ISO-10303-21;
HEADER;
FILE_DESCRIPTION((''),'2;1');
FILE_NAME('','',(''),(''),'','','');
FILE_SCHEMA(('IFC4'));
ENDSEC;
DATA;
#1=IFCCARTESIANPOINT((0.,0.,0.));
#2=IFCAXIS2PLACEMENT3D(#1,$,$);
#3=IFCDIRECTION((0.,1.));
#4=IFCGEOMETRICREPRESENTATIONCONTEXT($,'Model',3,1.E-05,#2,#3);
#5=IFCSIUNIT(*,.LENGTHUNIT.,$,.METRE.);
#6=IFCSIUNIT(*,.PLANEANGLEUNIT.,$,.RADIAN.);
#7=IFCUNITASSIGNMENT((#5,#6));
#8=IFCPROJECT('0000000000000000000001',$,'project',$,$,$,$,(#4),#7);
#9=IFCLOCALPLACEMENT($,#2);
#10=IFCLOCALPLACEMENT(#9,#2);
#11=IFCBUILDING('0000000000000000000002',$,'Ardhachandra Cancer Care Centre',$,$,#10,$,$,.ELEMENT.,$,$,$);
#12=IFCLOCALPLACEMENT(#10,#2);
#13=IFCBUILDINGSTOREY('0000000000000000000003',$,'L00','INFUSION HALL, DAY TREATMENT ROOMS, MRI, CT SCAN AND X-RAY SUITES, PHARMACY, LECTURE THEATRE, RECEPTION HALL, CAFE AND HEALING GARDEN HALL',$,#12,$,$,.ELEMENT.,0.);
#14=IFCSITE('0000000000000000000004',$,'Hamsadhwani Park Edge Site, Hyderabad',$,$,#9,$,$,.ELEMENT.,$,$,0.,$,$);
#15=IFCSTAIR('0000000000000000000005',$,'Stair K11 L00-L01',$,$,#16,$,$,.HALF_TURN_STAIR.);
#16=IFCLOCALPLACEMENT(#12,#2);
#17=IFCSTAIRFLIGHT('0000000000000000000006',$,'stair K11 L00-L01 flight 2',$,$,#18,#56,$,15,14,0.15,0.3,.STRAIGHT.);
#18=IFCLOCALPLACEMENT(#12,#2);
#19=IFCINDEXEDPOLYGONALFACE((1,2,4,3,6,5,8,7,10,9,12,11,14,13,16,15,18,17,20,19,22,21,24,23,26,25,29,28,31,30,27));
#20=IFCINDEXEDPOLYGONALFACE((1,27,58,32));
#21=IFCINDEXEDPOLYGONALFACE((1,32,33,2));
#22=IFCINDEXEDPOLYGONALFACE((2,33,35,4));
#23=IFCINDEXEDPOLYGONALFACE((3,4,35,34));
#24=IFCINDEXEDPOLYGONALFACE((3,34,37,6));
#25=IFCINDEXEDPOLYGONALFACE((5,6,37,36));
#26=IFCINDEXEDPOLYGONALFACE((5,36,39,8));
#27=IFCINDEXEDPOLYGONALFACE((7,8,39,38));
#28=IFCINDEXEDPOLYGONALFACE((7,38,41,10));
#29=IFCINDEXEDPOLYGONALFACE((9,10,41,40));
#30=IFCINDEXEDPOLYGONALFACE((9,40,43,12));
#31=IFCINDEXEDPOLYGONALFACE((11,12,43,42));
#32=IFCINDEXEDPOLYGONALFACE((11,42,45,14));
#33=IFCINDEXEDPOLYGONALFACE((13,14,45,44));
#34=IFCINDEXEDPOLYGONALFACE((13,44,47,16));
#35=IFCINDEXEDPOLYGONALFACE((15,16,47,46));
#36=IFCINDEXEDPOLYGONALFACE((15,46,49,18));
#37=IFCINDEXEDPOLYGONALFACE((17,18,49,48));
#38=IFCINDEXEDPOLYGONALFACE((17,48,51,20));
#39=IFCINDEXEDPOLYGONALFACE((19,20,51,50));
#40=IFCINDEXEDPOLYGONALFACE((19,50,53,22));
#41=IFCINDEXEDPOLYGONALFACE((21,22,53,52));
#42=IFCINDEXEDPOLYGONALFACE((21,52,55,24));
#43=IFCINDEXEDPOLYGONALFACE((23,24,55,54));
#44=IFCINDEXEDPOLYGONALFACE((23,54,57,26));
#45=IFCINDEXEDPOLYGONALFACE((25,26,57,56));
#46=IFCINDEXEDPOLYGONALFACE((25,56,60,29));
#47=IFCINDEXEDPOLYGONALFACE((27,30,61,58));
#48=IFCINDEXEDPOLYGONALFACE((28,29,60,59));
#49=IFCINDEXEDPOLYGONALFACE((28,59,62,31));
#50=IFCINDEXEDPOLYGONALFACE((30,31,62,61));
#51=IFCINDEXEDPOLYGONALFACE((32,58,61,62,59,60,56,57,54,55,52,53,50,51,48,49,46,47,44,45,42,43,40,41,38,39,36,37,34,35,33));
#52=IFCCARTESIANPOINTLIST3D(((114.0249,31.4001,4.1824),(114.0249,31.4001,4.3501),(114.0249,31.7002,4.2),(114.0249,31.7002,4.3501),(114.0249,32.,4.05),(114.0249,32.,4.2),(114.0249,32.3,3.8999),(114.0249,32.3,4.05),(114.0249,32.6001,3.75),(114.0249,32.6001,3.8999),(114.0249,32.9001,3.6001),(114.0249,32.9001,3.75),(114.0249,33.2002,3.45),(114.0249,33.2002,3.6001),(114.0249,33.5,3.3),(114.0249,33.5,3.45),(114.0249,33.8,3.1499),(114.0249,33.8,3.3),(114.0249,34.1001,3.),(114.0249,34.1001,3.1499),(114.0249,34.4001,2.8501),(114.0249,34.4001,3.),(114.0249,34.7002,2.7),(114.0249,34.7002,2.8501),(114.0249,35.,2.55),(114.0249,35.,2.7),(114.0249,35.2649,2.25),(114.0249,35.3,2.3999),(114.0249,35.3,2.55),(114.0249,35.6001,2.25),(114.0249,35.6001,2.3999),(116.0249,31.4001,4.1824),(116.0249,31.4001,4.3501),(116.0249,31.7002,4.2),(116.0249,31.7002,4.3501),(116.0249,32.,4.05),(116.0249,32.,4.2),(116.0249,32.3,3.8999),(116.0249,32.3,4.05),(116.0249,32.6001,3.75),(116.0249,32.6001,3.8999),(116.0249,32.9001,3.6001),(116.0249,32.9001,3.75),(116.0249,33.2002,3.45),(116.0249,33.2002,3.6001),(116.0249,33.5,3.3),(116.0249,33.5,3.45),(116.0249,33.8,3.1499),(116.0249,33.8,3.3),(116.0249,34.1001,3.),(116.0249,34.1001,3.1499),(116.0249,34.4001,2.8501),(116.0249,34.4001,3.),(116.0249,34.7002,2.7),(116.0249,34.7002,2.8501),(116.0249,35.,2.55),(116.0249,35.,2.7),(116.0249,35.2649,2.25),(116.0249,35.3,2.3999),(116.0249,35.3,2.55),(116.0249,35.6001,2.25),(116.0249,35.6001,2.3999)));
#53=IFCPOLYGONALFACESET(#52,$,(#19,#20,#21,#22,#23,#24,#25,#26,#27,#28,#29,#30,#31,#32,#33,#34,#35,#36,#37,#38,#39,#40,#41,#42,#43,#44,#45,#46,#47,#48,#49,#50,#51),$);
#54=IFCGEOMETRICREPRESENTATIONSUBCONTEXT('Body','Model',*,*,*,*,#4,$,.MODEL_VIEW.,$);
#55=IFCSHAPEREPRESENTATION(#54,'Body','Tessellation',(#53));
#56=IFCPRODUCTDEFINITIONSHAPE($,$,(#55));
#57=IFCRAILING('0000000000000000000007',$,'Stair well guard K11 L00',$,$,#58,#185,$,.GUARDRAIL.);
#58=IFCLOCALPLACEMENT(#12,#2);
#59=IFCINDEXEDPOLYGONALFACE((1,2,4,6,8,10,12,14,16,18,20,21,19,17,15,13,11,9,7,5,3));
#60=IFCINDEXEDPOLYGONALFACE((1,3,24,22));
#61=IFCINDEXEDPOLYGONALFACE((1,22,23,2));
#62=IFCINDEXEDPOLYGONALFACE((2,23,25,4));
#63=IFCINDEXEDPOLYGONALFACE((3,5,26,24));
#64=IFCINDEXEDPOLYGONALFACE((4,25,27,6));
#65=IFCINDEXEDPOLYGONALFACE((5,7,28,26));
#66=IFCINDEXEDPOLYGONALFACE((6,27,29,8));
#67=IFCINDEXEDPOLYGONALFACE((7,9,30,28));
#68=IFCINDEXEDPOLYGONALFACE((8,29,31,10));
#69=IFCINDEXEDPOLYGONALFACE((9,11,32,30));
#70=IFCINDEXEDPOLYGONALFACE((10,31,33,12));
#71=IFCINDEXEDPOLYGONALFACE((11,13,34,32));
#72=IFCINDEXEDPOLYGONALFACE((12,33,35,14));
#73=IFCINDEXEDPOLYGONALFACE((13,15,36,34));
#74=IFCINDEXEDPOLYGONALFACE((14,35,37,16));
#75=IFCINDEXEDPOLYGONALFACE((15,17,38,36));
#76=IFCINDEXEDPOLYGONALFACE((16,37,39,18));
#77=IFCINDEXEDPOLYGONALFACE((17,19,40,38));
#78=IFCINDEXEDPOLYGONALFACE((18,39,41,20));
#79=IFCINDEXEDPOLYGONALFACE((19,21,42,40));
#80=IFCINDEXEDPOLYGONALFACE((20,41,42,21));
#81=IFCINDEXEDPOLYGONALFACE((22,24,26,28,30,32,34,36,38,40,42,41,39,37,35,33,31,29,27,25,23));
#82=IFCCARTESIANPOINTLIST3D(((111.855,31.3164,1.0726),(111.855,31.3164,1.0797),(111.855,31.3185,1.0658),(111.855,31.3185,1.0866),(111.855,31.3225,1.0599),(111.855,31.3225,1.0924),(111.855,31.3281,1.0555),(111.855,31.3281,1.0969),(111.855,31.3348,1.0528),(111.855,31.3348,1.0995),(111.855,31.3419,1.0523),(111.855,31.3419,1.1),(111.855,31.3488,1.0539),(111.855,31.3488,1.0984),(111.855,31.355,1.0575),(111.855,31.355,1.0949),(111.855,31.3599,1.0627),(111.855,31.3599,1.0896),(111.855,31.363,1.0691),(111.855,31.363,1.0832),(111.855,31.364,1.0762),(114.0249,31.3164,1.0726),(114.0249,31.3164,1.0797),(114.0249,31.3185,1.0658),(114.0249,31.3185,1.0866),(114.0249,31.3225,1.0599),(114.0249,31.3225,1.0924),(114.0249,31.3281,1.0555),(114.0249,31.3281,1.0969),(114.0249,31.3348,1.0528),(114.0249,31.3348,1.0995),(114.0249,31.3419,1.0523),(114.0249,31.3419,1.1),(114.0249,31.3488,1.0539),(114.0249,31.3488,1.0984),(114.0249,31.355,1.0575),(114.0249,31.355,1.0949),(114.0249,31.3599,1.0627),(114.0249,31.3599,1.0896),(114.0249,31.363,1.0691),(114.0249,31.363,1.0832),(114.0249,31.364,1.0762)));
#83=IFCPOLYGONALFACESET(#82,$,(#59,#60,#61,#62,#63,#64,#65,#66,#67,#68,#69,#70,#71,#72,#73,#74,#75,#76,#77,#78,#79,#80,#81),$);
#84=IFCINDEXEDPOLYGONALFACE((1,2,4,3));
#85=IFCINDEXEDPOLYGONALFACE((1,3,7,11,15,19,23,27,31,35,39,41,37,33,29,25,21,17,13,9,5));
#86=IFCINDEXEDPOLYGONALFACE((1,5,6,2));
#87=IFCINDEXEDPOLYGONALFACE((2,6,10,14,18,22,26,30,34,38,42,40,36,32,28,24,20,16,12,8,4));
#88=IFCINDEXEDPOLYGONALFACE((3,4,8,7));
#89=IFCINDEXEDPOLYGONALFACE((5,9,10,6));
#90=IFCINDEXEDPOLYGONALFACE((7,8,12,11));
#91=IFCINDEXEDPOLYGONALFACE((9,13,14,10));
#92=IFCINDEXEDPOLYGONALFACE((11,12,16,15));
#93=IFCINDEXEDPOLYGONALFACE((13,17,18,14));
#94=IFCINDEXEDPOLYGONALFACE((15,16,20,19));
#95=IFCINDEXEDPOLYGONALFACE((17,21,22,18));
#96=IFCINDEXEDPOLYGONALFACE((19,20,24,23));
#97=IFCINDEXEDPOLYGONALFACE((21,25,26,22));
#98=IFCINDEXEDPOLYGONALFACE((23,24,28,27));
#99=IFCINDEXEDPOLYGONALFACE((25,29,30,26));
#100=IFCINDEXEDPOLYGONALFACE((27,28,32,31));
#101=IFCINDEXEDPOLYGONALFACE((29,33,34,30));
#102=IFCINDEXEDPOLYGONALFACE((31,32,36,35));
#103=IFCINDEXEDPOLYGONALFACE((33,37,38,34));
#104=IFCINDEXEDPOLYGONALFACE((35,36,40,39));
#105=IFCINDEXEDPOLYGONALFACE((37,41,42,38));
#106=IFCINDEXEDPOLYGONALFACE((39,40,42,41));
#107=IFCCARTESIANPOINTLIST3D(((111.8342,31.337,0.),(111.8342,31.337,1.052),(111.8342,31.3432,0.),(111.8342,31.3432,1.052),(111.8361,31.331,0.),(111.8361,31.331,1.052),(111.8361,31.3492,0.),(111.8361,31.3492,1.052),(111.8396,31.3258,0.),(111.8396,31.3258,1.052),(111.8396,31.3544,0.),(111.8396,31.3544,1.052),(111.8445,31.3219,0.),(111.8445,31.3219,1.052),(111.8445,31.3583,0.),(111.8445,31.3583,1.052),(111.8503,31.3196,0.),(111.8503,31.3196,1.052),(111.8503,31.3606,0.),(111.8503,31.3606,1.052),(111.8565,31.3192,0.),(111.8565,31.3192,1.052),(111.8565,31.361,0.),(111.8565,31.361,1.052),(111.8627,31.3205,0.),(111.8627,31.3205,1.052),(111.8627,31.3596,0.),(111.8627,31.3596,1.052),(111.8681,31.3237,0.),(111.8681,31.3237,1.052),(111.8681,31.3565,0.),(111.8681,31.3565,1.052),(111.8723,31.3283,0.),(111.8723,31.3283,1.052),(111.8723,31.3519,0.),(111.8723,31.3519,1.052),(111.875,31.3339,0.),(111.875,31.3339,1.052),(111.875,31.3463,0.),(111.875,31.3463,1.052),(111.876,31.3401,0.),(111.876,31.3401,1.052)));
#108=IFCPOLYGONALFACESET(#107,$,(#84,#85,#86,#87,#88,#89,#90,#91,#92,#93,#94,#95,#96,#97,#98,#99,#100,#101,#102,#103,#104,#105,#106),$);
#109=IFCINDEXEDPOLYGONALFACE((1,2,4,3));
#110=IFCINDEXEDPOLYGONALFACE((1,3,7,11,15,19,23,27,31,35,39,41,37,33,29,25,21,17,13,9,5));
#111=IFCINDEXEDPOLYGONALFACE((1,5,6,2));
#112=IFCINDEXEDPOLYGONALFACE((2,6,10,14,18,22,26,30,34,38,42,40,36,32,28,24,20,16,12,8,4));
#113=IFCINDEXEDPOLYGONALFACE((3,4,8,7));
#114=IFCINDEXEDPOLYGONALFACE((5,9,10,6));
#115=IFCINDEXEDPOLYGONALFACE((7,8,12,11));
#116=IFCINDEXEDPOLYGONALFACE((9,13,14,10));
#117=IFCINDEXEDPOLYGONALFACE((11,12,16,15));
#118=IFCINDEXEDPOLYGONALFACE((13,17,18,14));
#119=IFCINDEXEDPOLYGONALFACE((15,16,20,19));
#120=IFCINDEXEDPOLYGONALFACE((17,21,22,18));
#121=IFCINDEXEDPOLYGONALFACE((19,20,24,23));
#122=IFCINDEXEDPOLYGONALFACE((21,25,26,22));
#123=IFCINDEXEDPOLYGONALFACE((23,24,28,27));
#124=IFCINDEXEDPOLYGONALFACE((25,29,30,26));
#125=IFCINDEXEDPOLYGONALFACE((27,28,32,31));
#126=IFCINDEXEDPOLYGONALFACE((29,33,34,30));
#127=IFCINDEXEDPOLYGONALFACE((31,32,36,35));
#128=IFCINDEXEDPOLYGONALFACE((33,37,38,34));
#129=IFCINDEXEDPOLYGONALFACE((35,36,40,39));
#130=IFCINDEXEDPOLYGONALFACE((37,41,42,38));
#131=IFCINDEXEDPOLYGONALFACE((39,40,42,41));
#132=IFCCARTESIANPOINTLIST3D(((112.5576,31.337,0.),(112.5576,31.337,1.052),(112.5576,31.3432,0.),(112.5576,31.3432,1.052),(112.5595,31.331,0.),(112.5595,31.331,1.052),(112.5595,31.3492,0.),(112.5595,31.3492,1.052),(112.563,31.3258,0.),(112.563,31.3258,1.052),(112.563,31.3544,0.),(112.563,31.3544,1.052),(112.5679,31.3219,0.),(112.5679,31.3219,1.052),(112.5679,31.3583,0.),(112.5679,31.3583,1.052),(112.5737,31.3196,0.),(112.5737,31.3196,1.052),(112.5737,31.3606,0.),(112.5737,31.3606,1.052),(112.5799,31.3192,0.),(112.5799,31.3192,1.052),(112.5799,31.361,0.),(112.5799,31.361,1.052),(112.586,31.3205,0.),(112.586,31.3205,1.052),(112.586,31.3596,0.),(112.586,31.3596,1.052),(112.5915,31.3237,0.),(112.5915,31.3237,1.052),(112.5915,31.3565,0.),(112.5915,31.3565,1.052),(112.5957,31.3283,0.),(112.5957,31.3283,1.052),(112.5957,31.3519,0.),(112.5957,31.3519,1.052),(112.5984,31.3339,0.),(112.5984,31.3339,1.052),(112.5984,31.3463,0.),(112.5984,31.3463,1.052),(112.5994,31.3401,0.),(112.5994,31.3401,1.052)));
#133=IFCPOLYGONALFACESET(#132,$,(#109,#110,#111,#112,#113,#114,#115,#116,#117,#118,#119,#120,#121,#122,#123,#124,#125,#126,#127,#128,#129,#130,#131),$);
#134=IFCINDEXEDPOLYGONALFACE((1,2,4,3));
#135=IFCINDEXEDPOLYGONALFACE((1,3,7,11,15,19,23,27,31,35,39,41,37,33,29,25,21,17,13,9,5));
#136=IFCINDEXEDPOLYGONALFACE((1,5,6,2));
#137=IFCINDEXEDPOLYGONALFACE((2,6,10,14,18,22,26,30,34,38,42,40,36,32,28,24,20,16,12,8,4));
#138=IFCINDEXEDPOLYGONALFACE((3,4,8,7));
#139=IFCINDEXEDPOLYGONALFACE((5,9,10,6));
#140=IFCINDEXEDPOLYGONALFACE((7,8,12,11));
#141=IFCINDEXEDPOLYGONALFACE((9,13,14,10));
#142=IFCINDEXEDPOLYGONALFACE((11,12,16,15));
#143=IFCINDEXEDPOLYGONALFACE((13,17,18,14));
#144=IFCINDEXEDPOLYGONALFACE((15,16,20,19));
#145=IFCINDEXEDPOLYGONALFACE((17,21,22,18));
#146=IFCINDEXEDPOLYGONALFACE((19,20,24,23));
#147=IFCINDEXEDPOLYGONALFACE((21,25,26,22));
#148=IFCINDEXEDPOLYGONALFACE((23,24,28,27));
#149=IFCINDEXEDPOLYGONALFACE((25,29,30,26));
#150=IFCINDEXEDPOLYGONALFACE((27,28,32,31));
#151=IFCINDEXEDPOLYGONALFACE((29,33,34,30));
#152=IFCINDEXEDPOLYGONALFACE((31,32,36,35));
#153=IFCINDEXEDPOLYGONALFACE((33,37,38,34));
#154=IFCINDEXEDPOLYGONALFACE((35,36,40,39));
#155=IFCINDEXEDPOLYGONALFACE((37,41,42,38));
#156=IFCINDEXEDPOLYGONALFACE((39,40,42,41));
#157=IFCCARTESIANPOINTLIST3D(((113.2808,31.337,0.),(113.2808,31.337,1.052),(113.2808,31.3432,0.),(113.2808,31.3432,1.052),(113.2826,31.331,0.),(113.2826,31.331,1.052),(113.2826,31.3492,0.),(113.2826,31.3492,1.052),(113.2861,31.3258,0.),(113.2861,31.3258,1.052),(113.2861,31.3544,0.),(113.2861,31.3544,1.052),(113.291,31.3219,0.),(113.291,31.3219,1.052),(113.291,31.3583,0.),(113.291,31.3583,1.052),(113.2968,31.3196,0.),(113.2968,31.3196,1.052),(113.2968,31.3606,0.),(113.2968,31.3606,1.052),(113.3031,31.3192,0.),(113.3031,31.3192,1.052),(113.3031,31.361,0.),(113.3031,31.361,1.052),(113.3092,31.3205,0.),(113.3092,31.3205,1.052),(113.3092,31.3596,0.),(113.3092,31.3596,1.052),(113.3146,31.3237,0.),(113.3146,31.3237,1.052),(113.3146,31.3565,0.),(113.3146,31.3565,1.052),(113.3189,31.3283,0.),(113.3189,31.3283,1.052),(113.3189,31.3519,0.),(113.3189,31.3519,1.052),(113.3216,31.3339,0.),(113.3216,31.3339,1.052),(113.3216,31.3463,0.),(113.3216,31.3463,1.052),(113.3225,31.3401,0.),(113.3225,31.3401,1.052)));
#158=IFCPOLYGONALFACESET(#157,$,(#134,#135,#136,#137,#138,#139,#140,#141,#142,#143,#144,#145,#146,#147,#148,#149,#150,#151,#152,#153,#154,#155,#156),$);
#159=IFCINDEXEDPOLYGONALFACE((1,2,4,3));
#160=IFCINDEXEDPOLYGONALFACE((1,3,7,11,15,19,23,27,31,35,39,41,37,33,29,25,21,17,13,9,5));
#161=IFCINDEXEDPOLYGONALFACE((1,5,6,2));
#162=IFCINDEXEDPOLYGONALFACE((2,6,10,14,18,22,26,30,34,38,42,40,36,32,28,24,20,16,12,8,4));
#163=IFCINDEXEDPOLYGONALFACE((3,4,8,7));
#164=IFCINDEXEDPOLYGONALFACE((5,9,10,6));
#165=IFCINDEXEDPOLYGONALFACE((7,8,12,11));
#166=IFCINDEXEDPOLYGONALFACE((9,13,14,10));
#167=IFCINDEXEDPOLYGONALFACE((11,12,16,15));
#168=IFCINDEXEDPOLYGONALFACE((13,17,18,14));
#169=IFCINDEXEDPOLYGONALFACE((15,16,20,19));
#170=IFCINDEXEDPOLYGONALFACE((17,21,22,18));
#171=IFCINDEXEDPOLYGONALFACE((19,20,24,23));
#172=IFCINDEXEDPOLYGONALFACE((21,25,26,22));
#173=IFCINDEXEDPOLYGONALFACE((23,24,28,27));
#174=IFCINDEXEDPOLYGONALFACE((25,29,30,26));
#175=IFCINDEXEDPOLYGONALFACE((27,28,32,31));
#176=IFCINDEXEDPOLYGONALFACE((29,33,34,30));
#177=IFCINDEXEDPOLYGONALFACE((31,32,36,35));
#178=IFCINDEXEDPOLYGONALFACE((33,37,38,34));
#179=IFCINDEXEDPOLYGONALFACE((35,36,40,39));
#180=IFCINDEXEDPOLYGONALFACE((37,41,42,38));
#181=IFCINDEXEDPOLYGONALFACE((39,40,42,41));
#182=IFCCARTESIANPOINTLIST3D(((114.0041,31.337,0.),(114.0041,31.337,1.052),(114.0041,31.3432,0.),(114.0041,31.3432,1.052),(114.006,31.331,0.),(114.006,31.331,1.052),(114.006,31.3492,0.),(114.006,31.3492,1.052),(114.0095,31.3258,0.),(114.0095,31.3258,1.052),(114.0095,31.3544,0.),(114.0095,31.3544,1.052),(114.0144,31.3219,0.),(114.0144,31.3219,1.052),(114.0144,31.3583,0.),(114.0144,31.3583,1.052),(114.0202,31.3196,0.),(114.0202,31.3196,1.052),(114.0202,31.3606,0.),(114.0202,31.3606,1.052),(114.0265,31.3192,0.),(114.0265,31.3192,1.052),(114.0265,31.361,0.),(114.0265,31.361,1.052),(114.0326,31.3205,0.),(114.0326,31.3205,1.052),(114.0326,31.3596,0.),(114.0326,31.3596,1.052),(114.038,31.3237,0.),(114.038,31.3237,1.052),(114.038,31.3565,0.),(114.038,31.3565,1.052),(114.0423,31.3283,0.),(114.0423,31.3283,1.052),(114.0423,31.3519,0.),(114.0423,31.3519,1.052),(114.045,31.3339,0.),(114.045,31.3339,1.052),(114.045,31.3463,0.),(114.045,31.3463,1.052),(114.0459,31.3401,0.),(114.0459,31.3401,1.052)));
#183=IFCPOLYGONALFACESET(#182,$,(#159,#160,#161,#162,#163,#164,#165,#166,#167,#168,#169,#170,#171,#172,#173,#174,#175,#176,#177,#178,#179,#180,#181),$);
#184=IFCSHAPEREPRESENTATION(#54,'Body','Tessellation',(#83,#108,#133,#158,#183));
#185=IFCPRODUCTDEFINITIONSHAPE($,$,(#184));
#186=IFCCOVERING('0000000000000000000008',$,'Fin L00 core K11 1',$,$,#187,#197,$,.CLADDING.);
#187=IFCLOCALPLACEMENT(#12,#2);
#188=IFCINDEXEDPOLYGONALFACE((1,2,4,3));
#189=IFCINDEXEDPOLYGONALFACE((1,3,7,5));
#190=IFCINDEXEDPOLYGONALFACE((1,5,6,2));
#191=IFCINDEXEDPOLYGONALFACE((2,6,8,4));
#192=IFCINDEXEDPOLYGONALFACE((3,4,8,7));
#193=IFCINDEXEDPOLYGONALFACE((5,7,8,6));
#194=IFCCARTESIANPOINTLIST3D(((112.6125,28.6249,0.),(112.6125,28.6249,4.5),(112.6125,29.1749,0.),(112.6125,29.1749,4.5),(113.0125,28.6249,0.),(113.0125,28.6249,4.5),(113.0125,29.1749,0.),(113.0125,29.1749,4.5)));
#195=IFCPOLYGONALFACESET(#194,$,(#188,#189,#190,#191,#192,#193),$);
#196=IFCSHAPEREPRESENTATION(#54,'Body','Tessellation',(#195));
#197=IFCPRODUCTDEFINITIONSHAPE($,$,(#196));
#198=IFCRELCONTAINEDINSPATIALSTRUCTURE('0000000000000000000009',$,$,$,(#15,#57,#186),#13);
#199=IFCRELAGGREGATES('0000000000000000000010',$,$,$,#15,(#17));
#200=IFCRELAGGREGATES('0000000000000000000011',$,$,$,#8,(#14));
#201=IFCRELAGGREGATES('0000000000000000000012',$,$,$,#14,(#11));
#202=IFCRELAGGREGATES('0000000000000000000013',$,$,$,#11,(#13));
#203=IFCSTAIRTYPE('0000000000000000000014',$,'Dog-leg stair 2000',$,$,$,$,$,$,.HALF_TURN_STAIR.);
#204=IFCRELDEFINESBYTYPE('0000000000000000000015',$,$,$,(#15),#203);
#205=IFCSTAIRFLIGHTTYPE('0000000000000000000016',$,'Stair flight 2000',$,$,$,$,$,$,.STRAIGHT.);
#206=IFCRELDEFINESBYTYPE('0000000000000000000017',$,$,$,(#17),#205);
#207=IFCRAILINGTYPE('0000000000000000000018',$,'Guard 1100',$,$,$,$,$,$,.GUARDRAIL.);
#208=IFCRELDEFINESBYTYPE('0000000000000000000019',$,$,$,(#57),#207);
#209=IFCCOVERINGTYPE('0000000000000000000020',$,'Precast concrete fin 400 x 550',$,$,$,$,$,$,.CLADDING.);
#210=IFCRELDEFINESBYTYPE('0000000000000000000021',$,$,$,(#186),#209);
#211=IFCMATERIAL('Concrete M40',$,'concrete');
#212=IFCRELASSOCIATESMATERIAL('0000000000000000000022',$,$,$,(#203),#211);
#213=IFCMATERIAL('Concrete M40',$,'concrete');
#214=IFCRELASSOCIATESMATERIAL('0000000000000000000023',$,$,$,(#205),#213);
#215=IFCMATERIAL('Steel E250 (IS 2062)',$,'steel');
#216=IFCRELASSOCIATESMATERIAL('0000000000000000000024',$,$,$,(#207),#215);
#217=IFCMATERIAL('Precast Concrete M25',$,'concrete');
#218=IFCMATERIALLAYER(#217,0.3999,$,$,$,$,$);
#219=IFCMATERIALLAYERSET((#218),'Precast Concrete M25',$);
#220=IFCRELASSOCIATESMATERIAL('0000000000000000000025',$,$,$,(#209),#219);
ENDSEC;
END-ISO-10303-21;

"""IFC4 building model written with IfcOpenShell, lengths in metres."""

from ifc_helpers import new_model, si_unit, direction, frame, origin, origin_2d, place, context, subcontext, project, spatial, polyline, rectangle, circle, outline, extrude, material, layer, layer_set, type_object, element, aggregate, save


model = new_model("IFC4")

# Units and contexts
model_context = context("Model", 3, precision=1e-05, world=origin(), true_north=direction((0.0, 1.0)))
body_context = subcontext(model_context, "Body", "Model", "MODEL_VIEW")
ifc_project = project(units=[si_unit("LENGTHUNIT", "METRE"), si_unit("PLANEANGLEUNIT", "RADIAN")], contexts=[model_context])

# Site, building, storey
site_placement = place(None, origin())
site = spatial("IfcSite", under=ifc_project, at=site_placement, Name="Hamsadhwani Park Edge Site, Hyderabad", CompositionType="ELEMENT", RefElevation=0.0)
building_placement = place(site_placement, origin())
building = spatial("IfcBuilding", under=site, at=building_placement, Name="Ardhachandra Cancer Care Centre", CompositionType="ELEMENT")
storey_placement = place(building_placement, origin())
storey = spatial("IfcBuildingStorey", under=building, at=storey_placement, Name="L00", Description="INFUSION HALL, DAY TREATMENT ROOMS, MRI, CT SCAN AND X-RAY SUITES, PHARMACY, LECTURE THEATRE, RECEPTION HALL, CAFE AND HEALING GARDEN HALL", CompositionType="ELEMENT", Elevation=0.0)

# Stair, stair flight
ifc_material_1 = material(Name="Concrete M40", Category="concrete")
stair_type = type_object("IfcStairType", Name="Dog-leg stair 2000", PredefinedType="HALF_TURN_STAIR", material=ifc_material_1)
stair_placement = place(storey_placement, origin())
stair = element("IfcStair", 1, at=stair_placement, inside=storey, type_object=stair_type, Name="Stair K11 L00-L01", PredefinedType="HALF_TURN_STAIR")
ifc_material_2 = material(Name="Concrete M40", Category="concrete")
stair_flight_type = type_object("IfcStairFlightType", Name="Stair flight 2000", PredefinedType="STRAIGHT", material=ifc_material_2)
stair_flight_1_placement = place(storey_placement, frame((115.0249, 35.6001, 2.25), z_axis=(0.0, 0.0, 1.0), x_axis=(0.0, -1.0, 0.0)))
stair_flight_1 = element("IfcStairFlight", 2, at=stair_flight_1_placement, type_object=stair_flight_type, Name="stair K11 L00-L01 flight 2", NumberOfRisers=15, NumberOfTreads=14, PredefinedType="STRAIGHT", RiserHeight=0.15, TreadLength=0.3, context=body_context, shape_type="SweptSolid", body=[
    extrude(outline(polyline([(0.0, 0.0), (0.0, 0.1499), (0.3, 0.1499), (0.3, 0.3), (0.6001, 0.3), (0.6001, 0.45), (0.8999, 0.45), (0.8999, 0.6001), (1.2, 0.6001), (1.2, 0.75), (1.5, 0.75), (1.5, 0.8999), (1.8, 0.8999), (1.8, 1.05), (2.1001, 1.05), (2.1001, 1.2), (2.3999, 1.2), (2.3999, 1.3501), (2.7, 1.3501), (2.7, 1.5), (3.0, 1.5), (3.0, 1.6499), (3.3, 1.6499), (3.3, 1.8), (3.6001, 1.8), (3.6001, 1.95), (3.8999, 1.95), (3.8999, 2.1001), (4.2, 2.1001), (4.2, 2.25), (4.2, 1.9324), (0.3352, 0.0), (0.0, 0.0)])), frame((0.0, 1.0, 0.0), z_axis=(0.0, -1.0, 0.0), x_axis=(1.0, 0.0, 0.0)), (0.0, 0.0, 1.0), 2.0),
])
aggregate(stair, [stair_flight_1])

# Railing
ifc_material_3 = material(Name="Steel E250 (IS 2062)", Category="steel")
railing_type_1 = type_object("IfcRailingType", Name="Guard 1100", PredefinedType="GUARDRAIL", material=ifc_material_3)
railing_placement = place(storey_placement, frame((111.855, 31.3401, 0.0)))
element("IfcRailing", 3, at=railing_placement, inside=storey, type_object=railing_type_1, Name="Stair well guard K11 L00", PredefinedType="GUARDRAIL", context=body_context, shape_type="SweptSolid", body=[
    extrude(circle(Radius=0.0239, at=origin_2d()), frame((0.0, 0.0, 1.0762), z_axis=(1.0, 0.0, 0.0), x_axis=(0.0, 1.0, 0.0)), (0.0, 0.0, 1.0), 2.1699),
    extrude(circle(Radius=0.021, at=origin_2d()), origin(), (0.0, 0.0, 1.0), 1.052),
    extrude(circle(Radius=0.021, at=origin_2d()), frame((0.7234, 0.0, 0.0)), (0.0, 0.0, 1.0), 1.052),
    extrude(circle(Radius=0.021, at=origin_2d()), frame((1.4465, 0.0, 0.0)), (0.0, 0.0, 1.0), 1.052),
    extrude(circle(Radius=0.021, at=origin_2d()), frame((2.1699, 0.0, 0.0)), (0.0, 0.0, 1.0), 1.052),
])

# Covering
ifc_material_4 = material(Name="Precast Concrete M25", Category="concrete")
ifc_layer_1 = layer(ifc_material_4, 0.3999)
ifc_layer_set_1 = layer_set([ifc_layer_1], Name="Precast Concrete M25")
covering_type = type_object("IfcCoveringType", Name="Precast concrete fin 400 x 550", PredefinedType="CLADDING", material=ifc_layer_set_1)
for number, where, z_axis, x_axis, name in (
    (4, (112.8125, 28.8999, 0.0), (0.0, 0.0, 1.0), (1.0, 0.0, 0.0), "Fin L00 core K11 1"),
):
    element("IfcCovering", number, at=place(storey_placement, frame(where, z_axis=z_axis, x_axis=x_axis)), inside=storey, type_object=covering_type, Name=name, PredefinedType="CLADDING", context=body_context, shape_type="SweptSolid", body=[
        extrude(rectangle(XDim=0.3999, YDim=0.55, at=origin_2d()), origin(), (0.0, 0.0, 1.0), 4.5),
    ])

save(model, "model.ifc")
